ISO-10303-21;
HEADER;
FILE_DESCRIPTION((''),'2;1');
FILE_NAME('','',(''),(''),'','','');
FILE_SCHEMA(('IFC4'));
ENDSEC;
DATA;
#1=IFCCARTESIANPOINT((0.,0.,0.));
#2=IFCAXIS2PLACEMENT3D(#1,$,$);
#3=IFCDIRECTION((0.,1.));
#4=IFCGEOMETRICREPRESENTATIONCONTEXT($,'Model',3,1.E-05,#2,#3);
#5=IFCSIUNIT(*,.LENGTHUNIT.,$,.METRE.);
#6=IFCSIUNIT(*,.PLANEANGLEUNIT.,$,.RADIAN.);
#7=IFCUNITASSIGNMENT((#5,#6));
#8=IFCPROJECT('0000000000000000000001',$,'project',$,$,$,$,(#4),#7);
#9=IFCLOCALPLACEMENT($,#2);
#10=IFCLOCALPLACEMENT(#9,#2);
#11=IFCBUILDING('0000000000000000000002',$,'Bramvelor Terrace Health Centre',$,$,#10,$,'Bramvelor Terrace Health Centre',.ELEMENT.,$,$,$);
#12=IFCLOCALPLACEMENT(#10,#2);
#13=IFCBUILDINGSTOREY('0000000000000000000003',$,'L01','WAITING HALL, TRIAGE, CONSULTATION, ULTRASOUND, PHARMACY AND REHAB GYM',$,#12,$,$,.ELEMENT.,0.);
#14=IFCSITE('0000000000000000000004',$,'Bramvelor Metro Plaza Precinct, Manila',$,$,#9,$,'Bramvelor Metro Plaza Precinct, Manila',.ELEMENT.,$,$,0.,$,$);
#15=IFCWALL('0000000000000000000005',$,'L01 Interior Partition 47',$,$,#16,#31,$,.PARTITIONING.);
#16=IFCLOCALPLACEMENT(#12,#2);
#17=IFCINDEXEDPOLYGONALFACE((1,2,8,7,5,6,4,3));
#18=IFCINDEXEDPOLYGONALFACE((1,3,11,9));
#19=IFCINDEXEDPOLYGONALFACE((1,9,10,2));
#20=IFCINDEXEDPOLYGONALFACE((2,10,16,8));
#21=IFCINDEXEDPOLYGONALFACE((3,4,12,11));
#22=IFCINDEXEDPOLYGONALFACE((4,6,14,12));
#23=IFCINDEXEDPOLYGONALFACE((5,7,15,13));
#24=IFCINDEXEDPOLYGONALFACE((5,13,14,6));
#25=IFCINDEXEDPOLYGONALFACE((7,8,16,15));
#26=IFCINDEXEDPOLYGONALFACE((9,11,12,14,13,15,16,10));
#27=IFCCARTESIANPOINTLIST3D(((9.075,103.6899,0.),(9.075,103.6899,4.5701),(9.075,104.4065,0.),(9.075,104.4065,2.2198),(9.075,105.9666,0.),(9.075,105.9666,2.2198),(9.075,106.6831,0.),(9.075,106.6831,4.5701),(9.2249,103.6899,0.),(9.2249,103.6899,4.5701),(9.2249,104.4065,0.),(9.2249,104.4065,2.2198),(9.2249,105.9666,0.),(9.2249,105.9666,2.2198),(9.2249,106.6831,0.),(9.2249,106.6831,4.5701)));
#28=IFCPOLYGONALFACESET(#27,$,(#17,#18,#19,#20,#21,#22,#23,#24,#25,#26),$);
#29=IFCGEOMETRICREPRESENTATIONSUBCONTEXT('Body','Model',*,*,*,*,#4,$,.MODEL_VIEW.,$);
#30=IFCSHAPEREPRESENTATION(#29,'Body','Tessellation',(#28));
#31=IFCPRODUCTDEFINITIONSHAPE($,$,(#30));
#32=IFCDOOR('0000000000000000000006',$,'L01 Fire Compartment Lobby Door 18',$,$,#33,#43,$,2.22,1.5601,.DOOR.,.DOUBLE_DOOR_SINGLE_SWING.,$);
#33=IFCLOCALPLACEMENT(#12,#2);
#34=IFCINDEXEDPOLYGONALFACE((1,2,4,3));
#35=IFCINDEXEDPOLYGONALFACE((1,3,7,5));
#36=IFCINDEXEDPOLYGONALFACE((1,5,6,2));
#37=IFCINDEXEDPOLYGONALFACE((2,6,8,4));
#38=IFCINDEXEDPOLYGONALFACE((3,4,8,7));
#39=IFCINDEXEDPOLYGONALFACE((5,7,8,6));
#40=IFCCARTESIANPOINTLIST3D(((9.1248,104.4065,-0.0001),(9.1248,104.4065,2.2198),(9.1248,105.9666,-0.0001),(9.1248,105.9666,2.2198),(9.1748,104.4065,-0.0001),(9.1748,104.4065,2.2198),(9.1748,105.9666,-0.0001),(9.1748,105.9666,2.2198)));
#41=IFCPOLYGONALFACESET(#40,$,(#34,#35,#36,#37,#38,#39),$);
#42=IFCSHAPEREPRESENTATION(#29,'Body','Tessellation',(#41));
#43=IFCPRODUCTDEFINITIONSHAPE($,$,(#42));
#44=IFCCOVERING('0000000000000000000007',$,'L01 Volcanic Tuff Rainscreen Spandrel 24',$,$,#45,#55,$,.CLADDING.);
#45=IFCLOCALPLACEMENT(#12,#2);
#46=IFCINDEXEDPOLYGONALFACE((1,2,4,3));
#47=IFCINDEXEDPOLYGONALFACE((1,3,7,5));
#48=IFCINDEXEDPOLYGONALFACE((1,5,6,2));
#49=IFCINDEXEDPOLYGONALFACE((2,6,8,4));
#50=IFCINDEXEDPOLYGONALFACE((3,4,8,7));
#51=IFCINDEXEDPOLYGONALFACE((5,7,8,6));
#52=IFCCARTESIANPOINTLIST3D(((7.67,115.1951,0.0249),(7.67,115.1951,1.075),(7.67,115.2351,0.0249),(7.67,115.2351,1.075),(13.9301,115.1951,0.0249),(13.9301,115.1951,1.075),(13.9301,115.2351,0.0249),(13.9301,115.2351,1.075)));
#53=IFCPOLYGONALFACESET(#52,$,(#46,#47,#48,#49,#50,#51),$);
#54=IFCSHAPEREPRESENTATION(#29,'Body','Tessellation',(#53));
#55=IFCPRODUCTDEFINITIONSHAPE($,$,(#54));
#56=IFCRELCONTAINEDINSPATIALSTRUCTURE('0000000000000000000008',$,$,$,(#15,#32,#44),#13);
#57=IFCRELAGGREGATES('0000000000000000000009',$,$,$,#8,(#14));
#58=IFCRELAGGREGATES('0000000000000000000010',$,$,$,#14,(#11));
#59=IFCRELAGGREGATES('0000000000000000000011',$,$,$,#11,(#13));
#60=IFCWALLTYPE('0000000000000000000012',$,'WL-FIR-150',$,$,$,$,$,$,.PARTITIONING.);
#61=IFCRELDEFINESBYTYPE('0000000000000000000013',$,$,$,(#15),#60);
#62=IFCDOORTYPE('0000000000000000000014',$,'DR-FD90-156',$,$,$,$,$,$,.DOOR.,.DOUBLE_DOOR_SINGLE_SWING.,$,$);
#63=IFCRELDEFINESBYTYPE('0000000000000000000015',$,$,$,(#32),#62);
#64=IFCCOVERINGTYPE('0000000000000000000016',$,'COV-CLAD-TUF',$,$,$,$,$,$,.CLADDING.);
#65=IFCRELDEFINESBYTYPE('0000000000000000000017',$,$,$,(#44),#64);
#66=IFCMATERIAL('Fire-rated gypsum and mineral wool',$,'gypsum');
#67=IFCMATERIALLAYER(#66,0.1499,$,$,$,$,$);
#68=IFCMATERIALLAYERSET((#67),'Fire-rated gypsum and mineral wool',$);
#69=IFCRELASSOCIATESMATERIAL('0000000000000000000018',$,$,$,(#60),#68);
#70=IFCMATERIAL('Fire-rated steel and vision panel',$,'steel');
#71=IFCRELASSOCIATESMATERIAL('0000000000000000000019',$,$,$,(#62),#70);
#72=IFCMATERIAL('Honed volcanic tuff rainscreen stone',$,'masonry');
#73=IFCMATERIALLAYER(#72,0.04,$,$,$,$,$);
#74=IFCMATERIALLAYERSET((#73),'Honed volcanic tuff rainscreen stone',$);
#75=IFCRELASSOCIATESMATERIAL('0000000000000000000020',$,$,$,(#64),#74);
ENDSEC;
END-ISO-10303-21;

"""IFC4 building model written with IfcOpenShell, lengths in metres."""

from ifc_helpers import new_model, si_unit, direction, frame, frame_2d, origin, origin_2d, place, context, subcontext, project, spatial, rectangle, extrude, material, layer, layer_set, type_object, element, fill, save


model = new_model("IFC4")

# Units and contexts
model_context = context("Model", 3, precision=1e-05, world=origin(), true_north=direction((0.0, 1.0)))
body_context = subcontext(model_context, "Body", "Model", "MODEL_VIEW")
ifc_project = project(units=[si_unit("LENGTHUNIT", "METRE"), si_unit("PLANEANGLEUNIT", "RADIAN")], contexts=[model_context])

# Site, building, storey
site_placement = place(None, origin())
site = spatial("IfcSite", under=ifc_project, at=site_placement, Name="Bramvelor Metro Plaza Precinct, Manila", LongName="Bramvelor Metro Plaza Precinct, Manila", CompositionType="ELEMENT", RefElevation=0.0)
building_placement = place(site_placement, origin())
building = spatial("IfcBuilding", under=site, at=building_placement, Name="Bramvelor Terrace Health Centre", LongName="Bramvelor Terrace Health Centre", CompositionType="ELEMENT")
storey_placement = place(building_placement, origin())
storey = spatial("IfcBuildingStorey", under=building, at=storey_placement, Name="L01", Description="WAITING HALL, TRIAGE, CONSULTATION, ULTRASOUND, PHARMACY AND REHAB GYM", CompositionType="ELEMENT", Elevation=0.0)

# Wall, opening, door
ifc_material_1 = material(Name="Fire-rated gypsum and mineral wool", Category="gypsum")
ifc_layer_1 = layer(ifc_material_1, 0.1499)
ifc_layer_set_1 = layer_set([ifc_layer_1], Name="Fire-rated gypsum and mineral wool")
wall_type_1 = type_object("IfcWallType", Name="WL-FIR-150", PredefinedType="PARTITIONING", material=ifc_layer_set_1)
wall_1_placement = place(storey_placement, frame((9.1499, 106.6831, 0.0), z_axis=(0.0, 0.0, 1.0), x_axis=(0.0, -1.0, 0.0)))
wall_1 = element("IfcWall", 1, at=wall_1_placement, inside=storey, type_object=wall_type_1, Name="L01 Interior Partition 47", PredefinedType="PARTITIONING", context=body_context, shape_type="SweptSolid", body=[
    extrude(rectangle(XDim=2.9932, YDim=0.1499, at=frame_2d((1.4966, 0.0))), origin(), (0.0, 0.0, 1.0), 4.5701),
])
opening_1_placement = place(wall_1_placement, frame((0.7166, 0.0, 0.0)))
opening_1 = element("IfcOpeningElement", 2, at=opening_1_placement, cuts=wall_1, PredefinedType="OPENING", context=body_context, shape_type="SweptSolid", body=[
    extrude(rectangle(XDim=1.5601, YDim=2.22, at=frame_2d((0.78, 1.1099))), frame((0.0, 0.085, 0.0), z_axis=(0.0, -1.0, 0.0), x_axis=(1.0, 0.0, 0.0)), (0.0, 0.0, 1.0), 0.1699),
])
ifc_material_2 = material(Name="Fire-rated steel and vision panel", Category="steel")
door_type_1 = type_object("IfcDoorType", Name="DR-FD90-156", OperationType="DOUBLE_DOOR_SINGLE_SWING", PredefinedType="DOOR", material=ifc_material_2)
door_1_placement = place(opening_1_placement, origin())
door_1 = element("IfcDoor", 3, at=door_1_placement, inside=storey, type_object=door_type_1, Name="L01 Fire Compartment Lobby Door 18", OperationType="DOUBLE_DOOR_SINGLE_SWING", OverallHeight=2.22, OverallWidth=1.5601, PredefinedType="DOOR", context=body_context, shape_type="SweptSolid", body=[
    extrude(rectangle(XDim=1.5601, YDim=2.22, at=frame_2d((0.78, 1.1099))), frame((0.0, 0.0249, 0.0), z_axis=(0.0, -1.0, 0.0), x_axis=(1.0, 0.0, 0.0)), (0.0, 0.0, 1.0), 0.05),
])
fill(opening_1, door_1)

# Covering
ifc_material_3 = material(Name="Honed volcanic tuff rainscreen stone", Category="masonry")
ifc_layer_2 = layer(ifc_material_3, 0.04)
ifc_layer_set_2 = layer_set([ifc_layer_2], Name="Honed volcanic tuff rainscreen stone")
covering_type = type_object("IfcCoveringType", Name="COV-CLAD-TUF", PredefinedType="CLADDING", material=ifc_layer_set_2)
covering_placement = place(storey_placement, frame((10.8, 115.2151, 0.0249), z_axis=(0.0, 0.0, 1.0), x_axis=(1.0, 0.0, 0.0)))
element("IfcCovering", 4, at=covering_placement, inside=storey, type_object=covering_type, Name="L01 Volcanic Tuff Rainscreen Spandrel 24", PredefinedType="CLADDING", context=body_context, shape_type="SweptSolid", body=[
    extrude(rectangle(XDim=6.26, YDim=0.04, at=origin_2d()), origin(), (0.0, 0.0, 1.0), 1.05),
])

save(model, "model.ifc")
